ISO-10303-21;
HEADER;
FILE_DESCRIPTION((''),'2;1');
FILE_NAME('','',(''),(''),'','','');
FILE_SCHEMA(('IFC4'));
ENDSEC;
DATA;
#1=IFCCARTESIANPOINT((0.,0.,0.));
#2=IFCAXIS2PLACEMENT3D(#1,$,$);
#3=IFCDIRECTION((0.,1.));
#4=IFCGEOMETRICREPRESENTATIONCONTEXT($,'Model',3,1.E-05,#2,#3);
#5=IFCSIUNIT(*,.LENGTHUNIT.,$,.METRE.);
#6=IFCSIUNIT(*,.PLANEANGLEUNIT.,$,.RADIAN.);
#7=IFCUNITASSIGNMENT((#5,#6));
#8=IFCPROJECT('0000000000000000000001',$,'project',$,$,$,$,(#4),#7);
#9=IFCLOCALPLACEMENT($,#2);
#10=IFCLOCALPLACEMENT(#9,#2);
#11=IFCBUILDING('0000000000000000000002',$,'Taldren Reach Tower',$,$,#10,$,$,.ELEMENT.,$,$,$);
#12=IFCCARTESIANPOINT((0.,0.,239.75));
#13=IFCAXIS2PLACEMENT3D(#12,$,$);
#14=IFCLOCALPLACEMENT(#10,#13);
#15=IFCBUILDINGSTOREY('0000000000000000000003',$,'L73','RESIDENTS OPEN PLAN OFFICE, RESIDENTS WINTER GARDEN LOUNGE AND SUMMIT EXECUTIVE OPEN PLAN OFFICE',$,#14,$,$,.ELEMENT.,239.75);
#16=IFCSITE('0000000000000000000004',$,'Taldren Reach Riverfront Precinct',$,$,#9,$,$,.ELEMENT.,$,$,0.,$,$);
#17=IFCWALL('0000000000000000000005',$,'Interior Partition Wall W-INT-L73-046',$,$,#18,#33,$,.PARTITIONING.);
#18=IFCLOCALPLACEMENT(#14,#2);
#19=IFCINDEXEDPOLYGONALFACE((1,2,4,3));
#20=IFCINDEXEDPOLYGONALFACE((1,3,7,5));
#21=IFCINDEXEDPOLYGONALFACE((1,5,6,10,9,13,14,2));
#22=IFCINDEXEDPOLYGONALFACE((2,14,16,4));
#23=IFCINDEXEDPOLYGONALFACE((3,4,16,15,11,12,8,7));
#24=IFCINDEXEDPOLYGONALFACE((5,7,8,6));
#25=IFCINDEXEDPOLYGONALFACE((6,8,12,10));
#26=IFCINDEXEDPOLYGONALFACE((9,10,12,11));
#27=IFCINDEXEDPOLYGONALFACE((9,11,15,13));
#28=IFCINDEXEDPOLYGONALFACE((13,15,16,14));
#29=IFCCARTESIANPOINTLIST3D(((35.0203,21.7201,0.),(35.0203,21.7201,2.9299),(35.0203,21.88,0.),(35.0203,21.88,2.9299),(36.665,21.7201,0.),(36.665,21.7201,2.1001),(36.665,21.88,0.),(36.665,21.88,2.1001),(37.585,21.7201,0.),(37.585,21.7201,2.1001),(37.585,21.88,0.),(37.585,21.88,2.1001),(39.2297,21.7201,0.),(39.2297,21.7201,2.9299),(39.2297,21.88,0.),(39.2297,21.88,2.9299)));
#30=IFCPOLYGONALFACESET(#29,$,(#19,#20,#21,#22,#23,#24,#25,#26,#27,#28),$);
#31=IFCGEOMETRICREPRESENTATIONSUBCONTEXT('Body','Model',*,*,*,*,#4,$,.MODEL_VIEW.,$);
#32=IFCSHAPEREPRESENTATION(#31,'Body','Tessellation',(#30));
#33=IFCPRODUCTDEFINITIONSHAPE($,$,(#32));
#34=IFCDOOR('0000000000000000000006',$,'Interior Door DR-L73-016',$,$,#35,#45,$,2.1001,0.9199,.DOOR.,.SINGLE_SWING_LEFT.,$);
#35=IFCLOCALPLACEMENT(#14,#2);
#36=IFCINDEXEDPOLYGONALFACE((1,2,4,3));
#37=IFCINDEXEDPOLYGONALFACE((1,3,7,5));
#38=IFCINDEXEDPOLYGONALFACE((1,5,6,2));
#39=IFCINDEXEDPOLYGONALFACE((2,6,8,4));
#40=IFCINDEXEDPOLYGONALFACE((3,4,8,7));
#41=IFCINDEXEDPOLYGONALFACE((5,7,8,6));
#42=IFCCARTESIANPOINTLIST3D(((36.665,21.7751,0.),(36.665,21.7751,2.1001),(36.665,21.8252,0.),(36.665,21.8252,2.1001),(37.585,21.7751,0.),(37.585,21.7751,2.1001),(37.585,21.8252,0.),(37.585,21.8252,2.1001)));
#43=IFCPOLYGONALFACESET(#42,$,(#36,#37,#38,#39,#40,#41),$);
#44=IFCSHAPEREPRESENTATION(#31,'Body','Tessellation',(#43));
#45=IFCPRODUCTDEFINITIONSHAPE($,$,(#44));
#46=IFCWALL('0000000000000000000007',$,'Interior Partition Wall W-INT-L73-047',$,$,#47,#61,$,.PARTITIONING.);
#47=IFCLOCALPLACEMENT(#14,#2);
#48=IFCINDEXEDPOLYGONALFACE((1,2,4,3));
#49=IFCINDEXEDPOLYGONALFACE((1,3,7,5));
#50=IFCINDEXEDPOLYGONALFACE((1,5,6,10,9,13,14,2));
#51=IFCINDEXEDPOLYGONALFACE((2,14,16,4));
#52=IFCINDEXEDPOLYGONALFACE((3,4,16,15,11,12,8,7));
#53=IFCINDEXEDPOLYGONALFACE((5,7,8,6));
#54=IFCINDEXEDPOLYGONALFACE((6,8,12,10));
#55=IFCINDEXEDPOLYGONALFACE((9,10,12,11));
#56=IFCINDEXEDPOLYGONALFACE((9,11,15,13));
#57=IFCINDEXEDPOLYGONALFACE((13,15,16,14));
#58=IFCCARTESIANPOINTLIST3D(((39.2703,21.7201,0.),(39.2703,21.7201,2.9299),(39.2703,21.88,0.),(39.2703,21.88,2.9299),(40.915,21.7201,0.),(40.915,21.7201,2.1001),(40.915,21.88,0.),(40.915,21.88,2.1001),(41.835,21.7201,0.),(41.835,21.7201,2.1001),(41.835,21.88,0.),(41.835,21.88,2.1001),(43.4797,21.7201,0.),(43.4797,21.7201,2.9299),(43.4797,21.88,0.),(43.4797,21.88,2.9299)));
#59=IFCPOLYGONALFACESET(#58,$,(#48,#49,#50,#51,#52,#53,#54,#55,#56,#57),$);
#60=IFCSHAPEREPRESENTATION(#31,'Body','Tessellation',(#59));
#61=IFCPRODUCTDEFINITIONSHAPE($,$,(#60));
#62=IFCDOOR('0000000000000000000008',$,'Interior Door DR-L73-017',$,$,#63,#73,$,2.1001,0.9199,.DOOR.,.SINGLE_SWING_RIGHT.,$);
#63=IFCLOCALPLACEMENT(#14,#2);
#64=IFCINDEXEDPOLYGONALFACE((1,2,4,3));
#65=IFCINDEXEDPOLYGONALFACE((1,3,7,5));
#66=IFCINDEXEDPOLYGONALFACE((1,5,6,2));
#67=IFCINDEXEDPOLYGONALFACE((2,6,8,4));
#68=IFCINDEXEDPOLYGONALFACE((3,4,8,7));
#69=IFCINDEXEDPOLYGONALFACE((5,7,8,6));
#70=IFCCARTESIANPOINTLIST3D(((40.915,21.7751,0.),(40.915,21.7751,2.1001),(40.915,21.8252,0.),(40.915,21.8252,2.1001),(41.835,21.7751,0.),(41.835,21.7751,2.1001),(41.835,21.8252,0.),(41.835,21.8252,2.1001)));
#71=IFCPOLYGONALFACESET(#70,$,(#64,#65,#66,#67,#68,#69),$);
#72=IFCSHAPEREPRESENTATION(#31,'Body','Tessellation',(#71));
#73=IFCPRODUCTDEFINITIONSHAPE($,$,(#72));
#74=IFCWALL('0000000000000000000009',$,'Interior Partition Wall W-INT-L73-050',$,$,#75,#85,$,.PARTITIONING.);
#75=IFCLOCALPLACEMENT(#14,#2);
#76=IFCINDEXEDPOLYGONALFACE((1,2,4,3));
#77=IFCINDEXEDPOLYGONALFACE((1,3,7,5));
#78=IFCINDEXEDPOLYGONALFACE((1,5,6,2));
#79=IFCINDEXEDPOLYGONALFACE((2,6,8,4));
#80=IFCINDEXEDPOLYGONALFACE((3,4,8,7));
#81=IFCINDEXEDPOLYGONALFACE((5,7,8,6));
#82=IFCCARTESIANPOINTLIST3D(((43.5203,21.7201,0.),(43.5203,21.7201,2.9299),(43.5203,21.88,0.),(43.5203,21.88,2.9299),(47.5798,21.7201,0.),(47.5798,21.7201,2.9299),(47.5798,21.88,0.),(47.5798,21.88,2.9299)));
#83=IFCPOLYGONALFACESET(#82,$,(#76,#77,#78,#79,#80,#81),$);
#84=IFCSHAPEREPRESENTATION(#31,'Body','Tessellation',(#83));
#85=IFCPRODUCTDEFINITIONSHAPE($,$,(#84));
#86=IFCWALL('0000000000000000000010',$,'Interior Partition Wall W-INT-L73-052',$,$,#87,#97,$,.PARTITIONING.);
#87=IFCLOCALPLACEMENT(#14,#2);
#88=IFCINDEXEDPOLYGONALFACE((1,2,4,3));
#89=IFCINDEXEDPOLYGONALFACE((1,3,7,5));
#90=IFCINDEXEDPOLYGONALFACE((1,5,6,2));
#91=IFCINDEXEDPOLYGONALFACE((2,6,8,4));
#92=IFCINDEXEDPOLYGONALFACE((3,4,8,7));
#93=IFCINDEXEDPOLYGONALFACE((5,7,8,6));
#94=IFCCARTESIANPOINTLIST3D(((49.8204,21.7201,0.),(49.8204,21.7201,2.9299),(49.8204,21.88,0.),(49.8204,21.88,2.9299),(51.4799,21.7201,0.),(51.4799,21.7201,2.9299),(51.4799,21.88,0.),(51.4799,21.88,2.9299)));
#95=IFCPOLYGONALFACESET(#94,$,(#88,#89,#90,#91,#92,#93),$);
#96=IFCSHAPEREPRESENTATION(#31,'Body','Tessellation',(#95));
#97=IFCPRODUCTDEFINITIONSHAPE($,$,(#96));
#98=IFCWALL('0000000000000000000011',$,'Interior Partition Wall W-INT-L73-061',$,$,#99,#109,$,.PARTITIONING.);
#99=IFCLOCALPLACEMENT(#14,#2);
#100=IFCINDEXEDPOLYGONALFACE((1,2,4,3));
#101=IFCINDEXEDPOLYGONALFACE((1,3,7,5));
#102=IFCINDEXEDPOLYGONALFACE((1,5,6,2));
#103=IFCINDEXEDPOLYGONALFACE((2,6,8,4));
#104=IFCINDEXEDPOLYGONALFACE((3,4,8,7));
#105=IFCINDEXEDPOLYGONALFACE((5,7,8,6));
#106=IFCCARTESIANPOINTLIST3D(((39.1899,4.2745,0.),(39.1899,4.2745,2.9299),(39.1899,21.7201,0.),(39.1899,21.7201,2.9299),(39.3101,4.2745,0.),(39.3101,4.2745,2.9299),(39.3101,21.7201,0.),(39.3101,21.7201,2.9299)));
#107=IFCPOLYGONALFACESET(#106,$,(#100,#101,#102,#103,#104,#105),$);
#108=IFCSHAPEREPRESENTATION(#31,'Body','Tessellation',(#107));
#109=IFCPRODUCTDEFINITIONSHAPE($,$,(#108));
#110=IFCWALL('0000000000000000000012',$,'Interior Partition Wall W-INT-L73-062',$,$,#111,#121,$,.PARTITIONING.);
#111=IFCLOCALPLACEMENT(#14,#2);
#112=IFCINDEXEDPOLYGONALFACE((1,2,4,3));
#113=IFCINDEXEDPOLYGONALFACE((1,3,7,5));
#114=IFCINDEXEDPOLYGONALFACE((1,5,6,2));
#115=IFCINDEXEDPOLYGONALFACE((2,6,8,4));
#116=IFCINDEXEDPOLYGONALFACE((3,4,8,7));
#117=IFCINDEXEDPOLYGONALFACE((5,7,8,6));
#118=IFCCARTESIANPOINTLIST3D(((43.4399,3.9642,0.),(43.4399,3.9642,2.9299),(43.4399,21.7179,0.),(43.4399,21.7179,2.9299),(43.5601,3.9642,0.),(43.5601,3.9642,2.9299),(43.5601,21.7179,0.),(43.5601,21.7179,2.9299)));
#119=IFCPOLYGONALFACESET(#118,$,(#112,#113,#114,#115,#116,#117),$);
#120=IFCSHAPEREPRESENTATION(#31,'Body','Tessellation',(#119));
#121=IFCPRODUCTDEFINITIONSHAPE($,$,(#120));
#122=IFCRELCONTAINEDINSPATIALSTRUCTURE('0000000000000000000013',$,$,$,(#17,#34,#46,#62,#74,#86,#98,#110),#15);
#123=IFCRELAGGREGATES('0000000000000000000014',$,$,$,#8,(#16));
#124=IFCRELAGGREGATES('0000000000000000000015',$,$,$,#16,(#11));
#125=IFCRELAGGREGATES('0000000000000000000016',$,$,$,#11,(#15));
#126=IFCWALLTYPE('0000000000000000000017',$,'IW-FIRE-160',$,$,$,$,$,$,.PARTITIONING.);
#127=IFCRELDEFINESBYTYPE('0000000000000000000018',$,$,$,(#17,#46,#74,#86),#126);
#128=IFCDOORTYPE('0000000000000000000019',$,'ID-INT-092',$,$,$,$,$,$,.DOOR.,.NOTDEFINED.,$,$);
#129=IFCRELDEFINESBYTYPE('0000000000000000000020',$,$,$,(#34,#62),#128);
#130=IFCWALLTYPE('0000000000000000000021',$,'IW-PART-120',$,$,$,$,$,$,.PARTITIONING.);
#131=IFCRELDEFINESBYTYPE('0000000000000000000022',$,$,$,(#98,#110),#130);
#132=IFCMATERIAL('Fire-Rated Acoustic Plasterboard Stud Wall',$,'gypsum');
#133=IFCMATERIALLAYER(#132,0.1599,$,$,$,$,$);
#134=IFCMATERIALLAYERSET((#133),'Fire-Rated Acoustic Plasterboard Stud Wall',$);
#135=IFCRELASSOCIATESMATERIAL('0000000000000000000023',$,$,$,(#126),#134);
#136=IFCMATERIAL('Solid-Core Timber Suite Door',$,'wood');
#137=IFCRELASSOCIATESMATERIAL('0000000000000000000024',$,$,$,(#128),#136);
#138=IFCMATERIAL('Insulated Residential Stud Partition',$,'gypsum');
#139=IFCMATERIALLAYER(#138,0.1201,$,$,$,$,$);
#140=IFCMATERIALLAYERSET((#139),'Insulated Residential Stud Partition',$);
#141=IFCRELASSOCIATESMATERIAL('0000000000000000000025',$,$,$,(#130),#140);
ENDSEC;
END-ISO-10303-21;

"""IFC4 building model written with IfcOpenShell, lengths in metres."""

from ifc_helpers import new_model, si_unit, direction, frame, frame_2d, origin, place, context, subcontext, project, spatial, rectangle, extrude, source, transform, mapped, material, layer, layer_set, type_object, element, fill, save


model = new_model("IFC4")

# Units and contexts
model_context = context("Model", 3, precision=1e-05, world=origin(), true_north=direction((0.0, 1.0)))
body_context = subcontext(model_context, "Body", "Model", "MODEL_VIEW")
ifc_project = project(units=[si_unit("LENGTHUNIT", "METRE"), si_unit("PLANEANGLEUNIT", "RADIAN")], contexts=[model_context])

# Site, building, storey
site_placement = place(None, origin())
site = spatial("IfcSite", under=ifc_project, at=site_placement, Name="Taldren Reach Riverfront Precinct", CompositionType="ELEMENT", RefElevation=0.0)
building_placement = place(site_placement, origin())
building = spatial("IfcBuilding", under=site, at=building_placement, Name="Taldren Reach Tower", CompositionType="ELEMENT")
storey_placement = place(building_placement, frame((0.0, 0.0, 239.75)))
storey = spatial("IfcBuildingStorey", under=building, at=storey_placement, Name="L73", Description="RESIDENTS OPEN PLAN OFFICE, RESIDENTS WINTER GARDEN LOUNGE AND SUMMIT EXECUTIVE OPEN PLAN OFFICE", CompositionType="ELEMENT", Elevation=239.75)

# Shared definitions
ifc_material_1 = material(Name="Fire-Rated Acoustic Plasterboard Stud Wall", Category="gypsum")
ifc_layer_1 = layer(ifc_material_1, 0.1599)
ifc_layer_set_1 = layer_set([ifc_layer_1], Name="Fire-Rated Acoustic Plasterboard Stud Wall")
wall_type_1 = type_object("IfcWallType", Name="IW-FIRE-160", PredefinedType="PARTITIONING", material=ifc_layer_set_1)

# Shared definitions
shared_shape_1 = source(origin(), body_context, "Body", "SweptSolid", [
    extrude(rectangle(XDim=0.9199, YDim=2.1001, at=frame_2d((0.46, 1.05))), frame((0.0, 0.0898, 0.0), z_axis=(0.0, -1.0, 0.0), x_axis=(1.0, 0.0, 0.0)), (0.0, 0.0, 1.0), 0.1799),
])
ifc_material_2 = material(Name="Solid-Core Timber Suite Door", Category="wood")
door_type_1 = type_object("IfcDoorType", Name="ID-INT-092", OperationType="NOTDEFINED", PredefinedType="DOOR", material=ifc_material_2)
shared_shape_2 = source(origin(), body_context, "Body", "SweptSolid", [
    extrude(rectangle(XDim=0.9199, YDim=2.1001, at=frame_2d((0.46, 1.05))), frame((0.0, 0.0249, 0.0), z_axis=(0.0, -1.0, 0.0), x_axis=(1.0, 0.0, 0.0)), (0.0, 0.0, 1.0), 0.05),
])

# Walls, openings, doors
shared_shape_3 = source(origin(), body_context, "Body", "SweptSolid", [
    extrude(rectangle(XDim=4.2095, YDim=0.1599, at=frame_2d((2.1047, 0.0))), origin(), (0.0, 0.0, 1.0), 2.9299),
])
wall_1_placement = place(storey_placement, frame((39.2297, 21.8, 0.0), z_axis=(0.0, 0.0, 1.0), x_axis=(-1.0, 0.0, 0.0)))
wall_1 = element("IfcWall", 1, at=wall_1_placement, inside=storey, type_object=wall_type_1, Name="Interior Partition Wall W-INT-L73-046", PredefinedType="PARTITIONING", context=body_context, shape_type="MappedRepresentation", body=[
    mapped(shared_shape_3, transform((0.0, 0.0, 0.0), scale=1.0)),
])
opening_1_placement = place(wall_1_placement, frame((1.6448, 0.0, 0.0)))
opening_1 = element("IfcOpeningElement", 2, at=opening_1_placement, cuts=wall_1, PredefinedType="OPENING", context=body_context, shape_type="MappedRepresentation", body=[
    mapped(shared_shape_1, transform((0.0, 0.0, 0.0), scale=1.0)),
])
door_1_placement = place(opening_1_placement, origin())
door_1 = element("IfcDoor", 3, at=door_1_placement, inside=storey, type_object=door_type_1, Name="Interior Door DR-L73-016", OperationType="SINGLE_SWING_LEFT", OverallHeight=2.1001, OverallWidth=0.9199, PredefinedType="DOOR", context=body_context, shape_type="MappedRepresentation", body=[
    mapped(shared_shape_2, transform((0.0, 0.0, 0.0), scale=1.0)),
])
fill(opening_1, door_1)
wall_2_placement = place(storey_placement, frame((43.4797, 21.8, 0.0), z_axis=(0.0, 0.0, 1.0), x_axis=(-1.0, 0.0, 0.0)))
wall_2 = element("IfcWall", 4, at=wall_2_placement, inside=storey, type_object=wall_type_1, Name="Interior Partition Wall W-INT-L73-047", PredefinedType="PARTITIONING", context=body_context, shape_type="MappedRepresentation", body=[
    mapped(shared_shape_3, transform((0.0, 0.0, 0.0), scale=1.0)),
])
opening_2_placement = place(wall_2_placement, frame((1.6448, 0.0, 0.0)))
opening_2 = element("IfcOpeningElement", 5, at=opening_2_placement, cuts=wall_2, PredefinedType="OPENING", context=body_context, shape_type="MappedRepresentation", body=[
    mapped(shared_shape_1, transform((0.0, 0.0, 0.0), scale=1.0)),
])
door_2_placement = place(opening_2_placement, origin())
door_2 = element("IfcDoor", 6, at=door_2_placement, inside=storey, type_object=door_type_1, Name="Interior Door DR-L73-017", OperationType="SINGLE_SWING_RIGHT", OverallHeight=2.1001, OverallWidth=0.9199, PredefinedType="DOOR", context=body_context, shape_type="MappedRepresentation", body=[
    mapped(shared_shape_2, transform((0.0, 0.0, 0.0), scale=1.0)),
])
fill(opening_2, door_2)

# Walls
shared_shape_4 = source(origin(), body_context, "Body", "SweptSolid", [
    extrude(rectangle(XDim=4.0596, YDim=0.1599, at=frame_2d((2.0298, 0.0))), origin(), (0.0, 0.0, 1.0), 2.9299),
])
wall_3_placement = place(storey_placement, frame((47.5798, 21.8, 0.0), z_axis=(0.0, 0.0, 1.0), x_axis=(-1.0, 0.0, 0.0)))
element("IfcWall", 7, at=wall_3_placement, inside=storey, type_object=wall_type_1, Name="Interior Partition Wall W-INT-L73-050", PredefinedType="PARTITIONING", context=body_context, shape_type="MappedRepresentation", body=[
    mapped(shared_shape_4, transform((0.0, 0.0, 0.0), scale=1.0)),
])
shared_shape_5 = source(origin(), body_context, "Body", "SweptSolid", [
    extrude(rectangle(XDim=1.6594, YDim=0.1599, at=frame_2d((0.8296, 0.0))), origin(), (0.0, 0.0, 1.0), 2.9299),
])
wall_4_placement = place(storey_placement, frame((51.4797, 21.8, 0.0), z_axis=(0.0, 0.0, 1.0), x_axis=(-1.0, 0.0, 0.0)))
element("IfcWall", 8, at=wall_4_placement, inside=storey, type_object=wall_type_1, Name="Interior Partition Wall W-INT-L73-052", PredefinedType="PARTITIONING", context=body_context, shape_type="MappedRepresentation", body=[
    mapped(shared_shape_5, transform((0.0, 0.0, 0.0), scale=1.0)),
])
ifc_material_3 = material(Name="Insulated Residential Stud Partition", Category="gypsum")
ifc_layer_2 = layer(ifc_material_3, 0.1201)
ifc_layer_set_2 = layer_set([ifc_layer_2], Name="Insulated Residential Stud Partition")
wall_type_2 = type_object("IfcWallType", Name="IW-PART-120", PredefinedType="PARTITIONING", material=ifc_layer_set_2)
shared_shape_6 = source(origin(), body_context, "Body", "SweptSolid", [
    extrude(rectangle(XDim=17.4456, YDim=0.1201, at=frame_2d((8.7227, 0.0))), origin(), (0.0, 0.0, 1.0), 2.9299),
])
wall_5_placement = place(storey_placement, frame((39.25, 21.72, 0.0), z_axis=(0.0, 0.0, 1.0), x_axis=(0.0, -1.0, 0.0)))
element("IfcWall", 9, at=wall_5_placement, inside=storey, type_object=wall_type_2, Name="Interior Partition Wall W-INT-L73-061", PredefinedType="PARTITIONING", context=body_context, shape_type="MappedRepresentation", body=[
    mapped(shared_shape_6, transform((0.0, 0.0, 0.0), scale=1.0)),
])
shared_shape_7 = source(origin(), body_context, "Body", "SweptSolid", [
    extrude(rectangle(XDim=17.7537, YDim=0.1201, at=frame_2d((8.877, 0.0))), origin(), (0.0, 0.0, 1.0), 2.9299),
])
wall_6_placement = place(storey_placement, frame((43.5, 21.718, 0.0), z_axis=(0.0, 0.0, 1.0), x_axis=(0.0, -1.0, 0.0)))
element("IfcWall", 10, at=wall_6_placement, inside=storey, type_object=wall_type_2, Name="Interior Partition Wall W-INT-L73-062", PredefinedType="PARTITIONING", context=body_context, shape_type="MappedRepresentation", body=[
    mapped(shared_shape_7, transform((0.0, 0.0, 0.0), scale=1.0)),
])

save(model, "model.ifc")
